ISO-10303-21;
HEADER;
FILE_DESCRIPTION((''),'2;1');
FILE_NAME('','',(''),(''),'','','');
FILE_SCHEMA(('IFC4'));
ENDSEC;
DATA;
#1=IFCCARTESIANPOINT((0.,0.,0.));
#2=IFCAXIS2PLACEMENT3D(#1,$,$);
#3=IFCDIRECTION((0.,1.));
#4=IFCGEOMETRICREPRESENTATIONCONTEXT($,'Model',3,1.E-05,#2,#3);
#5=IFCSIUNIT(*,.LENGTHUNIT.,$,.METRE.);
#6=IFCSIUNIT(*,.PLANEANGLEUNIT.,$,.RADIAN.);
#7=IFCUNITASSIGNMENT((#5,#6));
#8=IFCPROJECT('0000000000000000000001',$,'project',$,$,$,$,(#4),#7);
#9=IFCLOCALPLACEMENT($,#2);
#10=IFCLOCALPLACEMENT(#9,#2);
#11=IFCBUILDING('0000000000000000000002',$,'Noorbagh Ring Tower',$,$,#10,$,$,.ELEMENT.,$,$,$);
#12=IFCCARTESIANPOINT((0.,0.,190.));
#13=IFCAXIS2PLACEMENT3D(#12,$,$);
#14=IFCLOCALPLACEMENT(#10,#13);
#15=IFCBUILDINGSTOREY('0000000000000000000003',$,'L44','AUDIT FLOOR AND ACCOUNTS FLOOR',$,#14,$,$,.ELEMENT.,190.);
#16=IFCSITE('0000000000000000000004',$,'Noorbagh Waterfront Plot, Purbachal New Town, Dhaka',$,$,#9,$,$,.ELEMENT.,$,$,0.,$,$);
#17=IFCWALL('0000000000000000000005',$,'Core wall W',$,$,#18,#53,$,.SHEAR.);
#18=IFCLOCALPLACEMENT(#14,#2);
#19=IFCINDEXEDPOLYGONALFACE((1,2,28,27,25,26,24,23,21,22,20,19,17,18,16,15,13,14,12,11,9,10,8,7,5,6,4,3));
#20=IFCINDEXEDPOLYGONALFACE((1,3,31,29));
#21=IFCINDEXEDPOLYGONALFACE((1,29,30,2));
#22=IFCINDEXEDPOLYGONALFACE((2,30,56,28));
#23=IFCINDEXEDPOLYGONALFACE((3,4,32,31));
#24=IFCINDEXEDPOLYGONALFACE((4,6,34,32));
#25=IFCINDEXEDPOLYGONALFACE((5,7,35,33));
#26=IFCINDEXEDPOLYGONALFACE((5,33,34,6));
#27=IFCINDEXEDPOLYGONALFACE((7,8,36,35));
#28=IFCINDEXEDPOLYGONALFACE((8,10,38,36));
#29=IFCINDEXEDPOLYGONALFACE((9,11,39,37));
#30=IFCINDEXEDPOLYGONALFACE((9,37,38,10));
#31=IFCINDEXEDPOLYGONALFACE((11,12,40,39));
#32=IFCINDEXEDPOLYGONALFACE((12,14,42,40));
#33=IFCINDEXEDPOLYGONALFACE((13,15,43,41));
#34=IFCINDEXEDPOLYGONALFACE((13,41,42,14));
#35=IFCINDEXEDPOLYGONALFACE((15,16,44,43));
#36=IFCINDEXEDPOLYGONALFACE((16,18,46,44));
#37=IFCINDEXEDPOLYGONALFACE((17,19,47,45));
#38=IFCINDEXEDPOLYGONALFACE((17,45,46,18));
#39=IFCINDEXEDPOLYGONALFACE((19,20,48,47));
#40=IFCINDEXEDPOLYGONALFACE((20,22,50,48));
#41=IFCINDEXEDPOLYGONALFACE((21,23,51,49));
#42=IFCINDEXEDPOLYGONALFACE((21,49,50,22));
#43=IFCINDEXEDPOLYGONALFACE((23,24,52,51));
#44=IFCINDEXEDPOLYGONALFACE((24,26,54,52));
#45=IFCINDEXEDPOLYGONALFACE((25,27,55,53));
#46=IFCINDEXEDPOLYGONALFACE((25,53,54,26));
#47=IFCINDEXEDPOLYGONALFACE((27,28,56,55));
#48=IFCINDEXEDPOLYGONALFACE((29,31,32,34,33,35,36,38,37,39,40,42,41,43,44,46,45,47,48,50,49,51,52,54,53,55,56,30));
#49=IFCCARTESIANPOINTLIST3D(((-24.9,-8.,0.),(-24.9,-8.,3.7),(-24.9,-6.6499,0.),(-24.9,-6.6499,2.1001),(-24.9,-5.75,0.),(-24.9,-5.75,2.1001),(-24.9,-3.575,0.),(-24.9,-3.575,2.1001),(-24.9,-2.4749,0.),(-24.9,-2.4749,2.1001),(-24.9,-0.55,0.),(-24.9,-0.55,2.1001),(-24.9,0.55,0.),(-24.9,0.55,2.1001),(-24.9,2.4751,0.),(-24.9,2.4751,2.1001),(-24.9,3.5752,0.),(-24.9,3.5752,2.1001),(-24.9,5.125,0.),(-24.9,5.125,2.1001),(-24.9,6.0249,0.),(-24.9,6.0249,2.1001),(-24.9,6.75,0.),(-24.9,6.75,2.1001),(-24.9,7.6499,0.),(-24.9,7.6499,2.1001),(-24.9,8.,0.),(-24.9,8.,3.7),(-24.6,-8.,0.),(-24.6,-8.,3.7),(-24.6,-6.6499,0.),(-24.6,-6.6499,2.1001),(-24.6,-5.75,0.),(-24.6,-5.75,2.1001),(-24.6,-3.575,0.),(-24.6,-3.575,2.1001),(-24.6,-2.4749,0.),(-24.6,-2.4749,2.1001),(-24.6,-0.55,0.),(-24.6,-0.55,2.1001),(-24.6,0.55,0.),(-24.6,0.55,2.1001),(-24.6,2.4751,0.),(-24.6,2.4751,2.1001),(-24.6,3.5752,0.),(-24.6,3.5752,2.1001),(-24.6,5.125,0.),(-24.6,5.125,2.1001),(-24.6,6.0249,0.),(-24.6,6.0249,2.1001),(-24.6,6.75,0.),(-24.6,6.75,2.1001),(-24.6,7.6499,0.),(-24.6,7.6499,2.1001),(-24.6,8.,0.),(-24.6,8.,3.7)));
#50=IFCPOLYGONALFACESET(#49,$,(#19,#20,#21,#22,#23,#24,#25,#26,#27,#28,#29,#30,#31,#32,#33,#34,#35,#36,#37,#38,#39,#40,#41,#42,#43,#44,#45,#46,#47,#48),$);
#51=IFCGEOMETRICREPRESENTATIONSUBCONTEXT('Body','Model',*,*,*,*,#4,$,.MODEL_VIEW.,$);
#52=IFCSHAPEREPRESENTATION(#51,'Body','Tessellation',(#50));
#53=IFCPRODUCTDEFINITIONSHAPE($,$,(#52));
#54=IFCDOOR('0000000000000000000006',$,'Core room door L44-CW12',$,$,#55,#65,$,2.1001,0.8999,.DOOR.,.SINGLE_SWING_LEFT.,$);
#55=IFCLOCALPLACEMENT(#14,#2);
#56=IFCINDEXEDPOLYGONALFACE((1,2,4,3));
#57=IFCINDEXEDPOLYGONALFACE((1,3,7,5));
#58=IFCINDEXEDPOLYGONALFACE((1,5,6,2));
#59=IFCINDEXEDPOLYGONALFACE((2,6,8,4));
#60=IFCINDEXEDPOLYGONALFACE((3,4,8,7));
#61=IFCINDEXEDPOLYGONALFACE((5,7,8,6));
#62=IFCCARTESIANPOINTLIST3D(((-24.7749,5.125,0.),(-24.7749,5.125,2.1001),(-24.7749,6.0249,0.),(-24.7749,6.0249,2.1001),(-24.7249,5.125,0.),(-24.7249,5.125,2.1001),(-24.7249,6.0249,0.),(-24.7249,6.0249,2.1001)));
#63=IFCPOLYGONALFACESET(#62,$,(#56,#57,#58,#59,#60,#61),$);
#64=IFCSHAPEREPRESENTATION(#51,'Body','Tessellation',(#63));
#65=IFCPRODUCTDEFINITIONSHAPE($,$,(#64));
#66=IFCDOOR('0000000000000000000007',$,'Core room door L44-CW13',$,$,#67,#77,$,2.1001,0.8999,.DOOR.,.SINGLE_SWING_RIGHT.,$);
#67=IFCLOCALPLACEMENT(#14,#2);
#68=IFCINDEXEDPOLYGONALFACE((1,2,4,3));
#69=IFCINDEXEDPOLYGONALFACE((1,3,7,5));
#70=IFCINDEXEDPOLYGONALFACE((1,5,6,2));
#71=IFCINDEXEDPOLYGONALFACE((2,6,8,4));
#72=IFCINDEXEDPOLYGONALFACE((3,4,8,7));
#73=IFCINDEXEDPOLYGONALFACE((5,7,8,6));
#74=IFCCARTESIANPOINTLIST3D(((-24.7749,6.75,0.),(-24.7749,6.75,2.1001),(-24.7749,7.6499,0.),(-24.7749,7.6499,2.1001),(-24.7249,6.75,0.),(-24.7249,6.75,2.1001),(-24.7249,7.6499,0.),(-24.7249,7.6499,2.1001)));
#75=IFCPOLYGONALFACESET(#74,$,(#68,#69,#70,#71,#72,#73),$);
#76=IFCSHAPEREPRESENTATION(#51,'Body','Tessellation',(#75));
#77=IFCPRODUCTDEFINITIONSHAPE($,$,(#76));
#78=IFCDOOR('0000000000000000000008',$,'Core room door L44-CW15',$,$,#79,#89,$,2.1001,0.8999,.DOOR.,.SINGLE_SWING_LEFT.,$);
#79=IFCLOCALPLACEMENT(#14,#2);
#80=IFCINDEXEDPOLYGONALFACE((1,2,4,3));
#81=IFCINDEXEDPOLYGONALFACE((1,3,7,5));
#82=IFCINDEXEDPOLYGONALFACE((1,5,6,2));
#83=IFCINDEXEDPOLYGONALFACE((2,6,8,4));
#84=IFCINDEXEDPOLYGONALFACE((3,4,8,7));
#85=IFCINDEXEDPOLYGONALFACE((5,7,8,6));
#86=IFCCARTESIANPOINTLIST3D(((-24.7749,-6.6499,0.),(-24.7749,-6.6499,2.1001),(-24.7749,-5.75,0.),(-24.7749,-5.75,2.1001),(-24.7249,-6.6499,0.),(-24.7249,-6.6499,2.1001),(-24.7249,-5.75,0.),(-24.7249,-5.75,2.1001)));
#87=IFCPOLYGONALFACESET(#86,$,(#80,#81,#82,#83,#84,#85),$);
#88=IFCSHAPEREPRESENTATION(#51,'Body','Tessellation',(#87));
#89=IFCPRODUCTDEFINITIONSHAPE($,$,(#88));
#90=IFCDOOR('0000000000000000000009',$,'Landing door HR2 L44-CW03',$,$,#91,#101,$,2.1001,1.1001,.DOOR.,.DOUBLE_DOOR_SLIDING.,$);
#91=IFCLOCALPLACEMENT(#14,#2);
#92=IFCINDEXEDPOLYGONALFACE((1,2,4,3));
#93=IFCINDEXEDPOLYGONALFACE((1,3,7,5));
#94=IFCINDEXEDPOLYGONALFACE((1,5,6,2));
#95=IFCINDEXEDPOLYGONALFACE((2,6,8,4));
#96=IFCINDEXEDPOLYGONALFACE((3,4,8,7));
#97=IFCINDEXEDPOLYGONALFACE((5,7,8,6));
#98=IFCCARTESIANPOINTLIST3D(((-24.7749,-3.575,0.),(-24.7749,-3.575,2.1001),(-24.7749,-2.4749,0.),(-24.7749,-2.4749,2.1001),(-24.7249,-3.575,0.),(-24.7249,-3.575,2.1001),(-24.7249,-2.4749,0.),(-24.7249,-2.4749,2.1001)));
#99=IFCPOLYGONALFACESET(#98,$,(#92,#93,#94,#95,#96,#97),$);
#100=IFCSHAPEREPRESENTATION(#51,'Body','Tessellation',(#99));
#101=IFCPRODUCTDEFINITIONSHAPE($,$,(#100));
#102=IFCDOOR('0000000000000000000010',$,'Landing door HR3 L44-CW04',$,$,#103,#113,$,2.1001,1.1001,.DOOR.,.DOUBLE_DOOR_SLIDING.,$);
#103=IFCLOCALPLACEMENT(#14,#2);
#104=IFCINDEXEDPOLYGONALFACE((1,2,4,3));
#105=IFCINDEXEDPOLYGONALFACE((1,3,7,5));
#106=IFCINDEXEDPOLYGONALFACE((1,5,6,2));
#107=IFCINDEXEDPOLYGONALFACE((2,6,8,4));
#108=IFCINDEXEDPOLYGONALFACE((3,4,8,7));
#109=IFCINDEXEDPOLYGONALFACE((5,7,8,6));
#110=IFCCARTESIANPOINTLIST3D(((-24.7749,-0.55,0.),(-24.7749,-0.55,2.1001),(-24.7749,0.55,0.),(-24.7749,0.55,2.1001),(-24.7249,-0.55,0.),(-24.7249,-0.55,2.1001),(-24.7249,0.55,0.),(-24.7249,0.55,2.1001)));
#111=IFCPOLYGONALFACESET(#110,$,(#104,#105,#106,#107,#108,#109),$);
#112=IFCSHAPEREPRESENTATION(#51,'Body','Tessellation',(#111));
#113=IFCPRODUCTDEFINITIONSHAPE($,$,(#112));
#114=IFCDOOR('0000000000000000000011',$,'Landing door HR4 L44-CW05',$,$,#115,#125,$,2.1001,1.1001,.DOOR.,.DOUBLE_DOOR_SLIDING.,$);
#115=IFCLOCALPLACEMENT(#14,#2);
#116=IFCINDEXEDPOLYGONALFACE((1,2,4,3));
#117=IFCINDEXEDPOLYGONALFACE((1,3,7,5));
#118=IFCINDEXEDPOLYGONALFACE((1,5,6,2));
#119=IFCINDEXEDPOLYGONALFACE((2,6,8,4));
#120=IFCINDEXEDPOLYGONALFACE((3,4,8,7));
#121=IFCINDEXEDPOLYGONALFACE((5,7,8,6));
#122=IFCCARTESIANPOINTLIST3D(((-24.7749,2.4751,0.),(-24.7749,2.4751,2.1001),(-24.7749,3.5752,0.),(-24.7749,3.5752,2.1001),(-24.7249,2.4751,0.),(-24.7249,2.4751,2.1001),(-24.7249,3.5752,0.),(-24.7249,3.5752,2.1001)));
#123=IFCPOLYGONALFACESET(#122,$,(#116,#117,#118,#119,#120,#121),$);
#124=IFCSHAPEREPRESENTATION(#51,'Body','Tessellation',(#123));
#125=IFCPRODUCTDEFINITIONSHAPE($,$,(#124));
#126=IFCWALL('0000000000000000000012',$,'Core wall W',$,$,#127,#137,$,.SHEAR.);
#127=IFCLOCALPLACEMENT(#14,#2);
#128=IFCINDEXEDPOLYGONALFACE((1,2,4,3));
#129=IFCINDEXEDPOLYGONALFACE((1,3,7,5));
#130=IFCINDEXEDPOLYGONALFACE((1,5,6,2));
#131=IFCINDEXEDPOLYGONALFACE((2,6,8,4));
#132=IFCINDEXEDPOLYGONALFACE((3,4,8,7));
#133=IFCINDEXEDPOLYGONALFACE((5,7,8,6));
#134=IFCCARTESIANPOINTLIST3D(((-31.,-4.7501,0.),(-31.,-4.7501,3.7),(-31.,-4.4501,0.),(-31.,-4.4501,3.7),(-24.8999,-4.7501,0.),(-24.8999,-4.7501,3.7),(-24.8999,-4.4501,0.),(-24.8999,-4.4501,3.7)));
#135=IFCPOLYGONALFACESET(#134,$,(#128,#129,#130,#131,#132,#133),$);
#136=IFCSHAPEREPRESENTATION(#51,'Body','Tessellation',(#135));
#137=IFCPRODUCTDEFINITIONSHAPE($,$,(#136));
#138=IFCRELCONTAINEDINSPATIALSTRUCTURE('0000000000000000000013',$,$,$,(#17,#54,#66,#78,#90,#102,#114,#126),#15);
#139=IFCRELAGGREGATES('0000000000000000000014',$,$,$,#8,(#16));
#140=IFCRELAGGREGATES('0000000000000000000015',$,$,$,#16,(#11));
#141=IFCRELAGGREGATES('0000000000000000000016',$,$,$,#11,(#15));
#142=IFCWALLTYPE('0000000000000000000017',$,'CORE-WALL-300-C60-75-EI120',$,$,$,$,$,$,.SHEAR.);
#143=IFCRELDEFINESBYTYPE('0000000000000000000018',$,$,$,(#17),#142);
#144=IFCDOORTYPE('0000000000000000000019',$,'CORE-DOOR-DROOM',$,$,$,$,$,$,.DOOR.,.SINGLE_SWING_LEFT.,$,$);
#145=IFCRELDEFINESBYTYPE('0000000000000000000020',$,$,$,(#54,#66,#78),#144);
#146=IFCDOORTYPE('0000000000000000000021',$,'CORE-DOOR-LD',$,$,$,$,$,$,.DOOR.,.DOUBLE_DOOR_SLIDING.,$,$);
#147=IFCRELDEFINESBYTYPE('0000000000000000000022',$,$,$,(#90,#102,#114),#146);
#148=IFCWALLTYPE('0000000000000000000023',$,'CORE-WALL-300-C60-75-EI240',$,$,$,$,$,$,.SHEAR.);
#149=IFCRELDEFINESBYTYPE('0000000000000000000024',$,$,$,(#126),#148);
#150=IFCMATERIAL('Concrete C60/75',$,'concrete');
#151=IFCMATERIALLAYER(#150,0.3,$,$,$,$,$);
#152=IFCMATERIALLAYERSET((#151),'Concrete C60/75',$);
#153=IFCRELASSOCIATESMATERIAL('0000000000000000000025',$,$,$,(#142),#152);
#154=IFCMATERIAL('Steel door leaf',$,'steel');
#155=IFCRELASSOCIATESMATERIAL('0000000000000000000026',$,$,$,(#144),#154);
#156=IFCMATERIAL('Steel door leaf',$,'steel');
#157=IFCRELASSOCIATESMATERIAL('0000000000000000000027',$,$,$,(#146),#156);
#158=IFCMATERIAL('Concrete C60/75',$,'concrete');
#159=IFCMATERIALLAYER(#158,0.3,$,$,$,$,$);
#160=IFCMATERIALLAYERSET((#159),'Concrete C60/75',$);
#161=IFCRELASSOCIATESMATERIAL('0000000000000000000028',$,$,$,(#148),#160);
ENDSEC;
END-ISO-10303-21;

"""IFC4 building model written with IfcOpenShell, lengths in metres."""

from ifc_helpers import new_model, si_unit, direction, frame, frame_2d, origin, place, context, subcontext, project, spatial, rectangle, extrude, material, layer, layer_set, type_object, element, fill, save


model = new_model("IFC4")

# Units and contexts
model_context = context("Model", 3, precision=1e-05, world=origin(), true_north=direction((0.0, 1.0)))
body_context = subcontext(model_context, "Body", "Model", "MODEL_VIEW")
ifc_project = project(units=[si_unit("LENGTHUNIT", "METRE"), si_unit("PLANEANGLEUNIT", "RADIAN")], contexts=[model_context])

# Site, building, storey
site_placement = place(None, origin())
site = spatial("IfcSite", under=ifc_project, at=site_placement, Name="Noorbagh Waterfront Plot, Purbachal New Town, Dhaka", CompositionType="ELEMENT", RefElevation=0.0)
building_placement = place(site_placement, origin())
building = spatial("IfcBuilding", under=site, at=building_placement, Name="Noorbagh Ring Tower", CompositionType="ELEMENT")
storey_placement = place(building_placement, frame((0.0, 0.0, 190.0)))
storey = spatial("IfcBuildingStorey", under=building, at=storey_placement, Name="L44", Description="AUDIT FLOOR AND ACCOUNTS FLOOR", CompositionType="ELEMENT", Elevation=190.0)

# Shared definitions
ifc_material_1 = material(Name="Concrete C60/75", Category="concrete")
ifc_layer_1 = layer(ifc_material_1, 0.3)
ifc_layer_set_1 = layer_set([ifc_layer_1], Name="Concrete C60/75")
wall_type_1 = type_object("IfcWallType", Name="CORE-WALL-300-C60-75-EI120", PredefinedType="SHEAR", material=ifc_layer_set_1)

# Wall, openings, doors
wall_1_placement = place(storey_placement, frame((-24.75, -8.0, 0.0), z_axis=(0.0, 0.0, 1.0), x_axis=(0.0, 1.0, 0.0)))
wall_1 = element("IfcWall", 1, at=wall_1_placement, inside=storey, type_object=wall_type_1, Name="Core wall W", PredefinedType="SHEAR", context=body_context, shape_type="SweptSolid", body=[
    extrude(rectangle(XDim=16.0, YDim=0.3, at=frame_2d((8.0, 0.0))), origin(), (0.0, 0.0, 1.0), 3.7),
])
opening_1_placement = place(wall_1_placement, frame((4.425, 0.0, 0.0)))
opening_1 = element("IfcOpeningElement", 2, at=opening_1_placement, cuts=wall_1, PredefinedType="OPENING", context=body_context, shape_type="SweptSolid", body=[
    extrude(rectangle(XDim=1.1001, YDim=2.1001, at=frame_2d((0.55, 1.05))), frame((0.0, 0.1602, 0.0), z_axis=(0.0, -1.0, 0.0), x_axis=(1.0, 0.0, 0.0)), (0.0, 0.0, 1.0), 0.3201),
])
opening_2_placement = place(wall_1_placement, frame((7.45, 0.0, 0.0)))
opening_2 = element("IfcOpeningElement", 3, at=opening_2_placement, cuts=wall_1, PredefinedType="OPENING", context=body_context, shape_type="SweptSolid", body=[
    extrude(rectangle(XDim=1.1001, YDim=2.1001, at=frame_2d((0.55, 1.05))), frame((0.0, 0.1602, 0.0), z_axis=(0.0, -1.0, 0.0), x_axis=(1.0, 0.0, 0.0)), (0.0, 0.0, 1.0), 0.3201),
])
opening_3_placement = place(wall_1_placement, frame((10.4751, 0.0, 0.0)))
opening_3 = element("IfcOpeningElement", 4, at=opening_3_placement, cuts=wall_1, PredefinedType="OPENING", context=body_context, shape_type="SweptSolid", body=[
    extrude(rectangle(XDim=1.1001, YDim=2.1001, at=frame_2d((0.55, 1.05))), frame((0.0, 0.1602, 0.0), z_axis=(0.0, -1.0, 0.0), x_axis=(1.0, 0.0, 0.0)), (0.0, 0.0, 1.0), 0.3201),
])
opening_4_placement = place(wall_1_placement, frame((13.125, 0.0, 0.0)))
opening_4 = element("IfcOpeningElement", 5, at=opening_4_placement, cuts=wall_1, PredefinedType="OPENING", context=body_context, shape_type="SweptSolid", body=[
    extrude(rectangle(XDim=0.8999, YDim=2.1001, at=frame_2d((0.45, 1.05))), frame((0.0, 0.1602, 0.0), z_axis=(0.0, -1.0, 0.0), x_axis=(1.0, 0.0, 0.0)), (0.0, 0.0, 1.0), 0.3201),
])
opening_5_placement = place(wall_1_placement, frame((14.75, 0.0, 0.0)))
opening_5 = element("IfcOpeningElement", 6, at=opening_5_placement, cuts=wall_1, PredefinedType="OPENING", context=body_context, shape_type="SweptSolid", body=[
    extrude(rectangle(XDim=0.8999, YDim=2.1001, at=frame_2d((0.45, 1.05))), frame((0.0, 0.1602, 0.0), z_axis=(0.0, -1.0, 0.0), x_axis=(1.0, 0.0, 0.0)), (0.0, 0.0, 1.0), 0.3201),
])
opening_6_placement = place(wall_1_placement, frame((1.3501, 0.0, 0.0)))
opening_6 = element("IfcOpeningElement", 7, at=opening_6_placement, cuts=wall_1, PredefinedType="OPENING", context=body_context, shape_type="SweptSolid", body=[
    extrude(rectangle(XDim=0.8999, YDim=2.1001, at=frame_2d((0.45, 1.05))), frame((0.0, 0.1602, 0.0), z_axis=(0.0, -1.0, 0.0), x_axis=(1.0, 0.0, 0.0)), (0.0, 0.0, 1.0), 0.3201),
])
ifc_material_2 = material(Name="Steel door leaf", Category="steel")
door_type_1 = type_object("IfcDoorType", Name="CORE-DOOR-DROOM", OperationType="SINGLE_SWING_LEFT", PredefinedType="DOOR", material=ifc_material_2)
door_1_placement = place(opening_4_placement, origin())
door_1 = element("IfcDoor", 8, at=door_1_placement, inside=storey, type_object=door_type_1, Name="Core room door L44-CW12", OperationType="SINGLE_SWING_LEFT", OverallHeight=2.1001, OverallWidth=0.8999, PredefinedType="DOOR", context=body_context, shape_type="SweptSolid", body=[
    extrude(rectangle(XDim=0.8999, YDim=2.1001, at=frame_2d((0.45, 1.05))), frame((0.0, 0.0249, 0.0), z_axis=(0.0, -1.0, 0.0), x_axis=(1.0, 0.0, 0.0)), (0.0, 0.0, 1.0), 0.05),
])
fill(opening_4, door_1)
door_2_placement = place(opening_5_placement, origin())
door_2 = element("IfcDoor", 9, at=door_2_placement, inside=storey, type_object=door_type_1, Name="Core room door L44-CW13", OperationType="SINGLE_SWING_RIGHT", OverallHeight=2.1001, OverallWidth=0.8999, PredefinedType="DOOR", context=body_context, shape_type="SweptSolid", body=[
    extrude(rectangle(XDim=0.8999, YDim=2.1001, at=frame_2d((0.45, 1.05))), frame((0.0, 0.0249, 0.0), z_axis=(0.0, -1.0, 0.0), x_axis=(1.0, 0.0, 0.0)), (0.0, 0.0, 1.0), 0.05),
])
fill(opening_5, door_2)
door_3_placement = place(opening_6_placement, origin())
door_3 = element("IfcDoor", 10, at=door_3_placement, inside=storey, type_object=door_type_1, Name="Core room door L44-CW15", OperationType="SINGLE_SWING_LEFT", OverallHeight=2.1001, OverallWidth=0.8999, PredefinedType="DOOR", context=body_context, shape_type="SweptSolid", body=[
    extrude(rectangle(XDim=0.8999, YDim=2.1001, at=frame_2d((0.45, 1.05))), frame((0.0, 0.0249, 0.0), z_axis=(0.0, -1.0, 0.0), x_axis=(1.0, 0.0, 0.0)), (0.0, 0.0, 1.0), 0.05),
])
fill(opening_6, door_3)
ifc_material_3 = material(Name="Steel door leaf", Category="steel")
door_type_2 = type_object("IfcDoorType", Name="CORE-DOOR-LD", OperationType="DOUBLE_DOOR_SLIDING", PredefinedType="DOOR", material=ifc_material_3)
door_4_placement = place(opening_1_placement, origin())
door_4 = element("IfcDoor", 11, at=door_4_placement, inside=storey, type_object=door_type_2, Name="Landing door HR2 L44-CW03", OperationType="DOUBLE_DOOR_SLIDING", OverallHeight=2.1001, OverallWidth=1.1001, PredefinedType="DOOR", context=body_context, shape_type="SweptSolid", body=[
    extrude(rectangle(XDim=1.1001, YDim=2.1001, at=frame_2d((0.55, 1.05))), frame((0.0, 0.0249, 0.0), z_axis=(0.0, -1.0, 0.0), x_axis=(1.0, 0.0, 0.0)), (0.0, 0.0, 1.0), 0.05),
])
fill(opening_1, door_4)
door_5_placement = place(opening_2_placement, origin())
door_5 = element("IfcDoor", 12, at=door_5_placement, inside=storey, type_object=door_type_2, Name="Landing door HR3 L44-CW04", OperationType="DOUBLE_DOOR_SLIDING", OverallHeight=2.1001, OverallWidth=1.1001, PredefinedType="DOOR", context=body_context, shape_type="SweptSolid", body=[
    extrude(rectangle(XDim=1.1001, YDim=2.1001, at=frame_2d((0.55, 1.05))), frame((0.0, 0.0249, 0.0), z_axis=(0.0, -1.0, 0.0), x_axis=(1.0, 0.0, 0.0)), (0.0, 0.0, 1.0), 0.05),
])
fill(opening_2, door_5)
door_6_placement = place(opening_3_placement, origin())
door_6 = element("IfcDoor", 13, at=door_6_placement, inside=storey, type_object=door_type_2, Name="Landing door HR4 L44-CW05", OperationType="DOUBLE_DOOR_SLIDING", OverallHeight=2.1001, OverallWidth=1.1001, PredefinedType="DOOR", context=body_context, shape_type="SweptSolid", body=[
    extrude(rectangle(XDim=1.1001, YDim=2.1001, at=frame_2d((0.55, 1.05))), frame((0.0, 0.0249, 0.0), z_axis=(0.0, -1.0, 0.0), x_axis=(1.0, 0.0, 0.0)), (0.0, 0.0, 1.0), 0.05),
])
fill(opening_3, door_6)

# Wall
ifc_material_4 = material(Name="Concrete C60/75", Category="concrete")
ifc_layer_2 = layer(ifc_material_4, 0.3)
ifc_layer_set_2 = layer_set([ifc_layer_2], Name="Concrete C60/75")
wall_type_2 = type_object("IfcWallType", Name="CORE-WALL-300-C60-75-EI240", PredefinedType="SHEAR", material=ifc_layer_set_2)
wall_2_placement = place(storey_placement, frame((-24.8999, -4.6001, 0.0), z_axis=(0.0, 0.0, 1.0), x_axis=(-1.0, 0.0, 0.0)))
element("IfcWall", 14, at=wall_2_placement, inside=storey, type_object=wall_type_2, Name="Core wall W", PredefinedType="SHEAR", context=body_context, shape_type="SweptSolid", body=[
    extrude(rectangle(XDim=6.1001, YDim=0.3, at=frame_2d((3.05, 0.0))), origin(), (0.0, 0.0, 1.0), 3.7),
])

save(model, "model.ifc")
